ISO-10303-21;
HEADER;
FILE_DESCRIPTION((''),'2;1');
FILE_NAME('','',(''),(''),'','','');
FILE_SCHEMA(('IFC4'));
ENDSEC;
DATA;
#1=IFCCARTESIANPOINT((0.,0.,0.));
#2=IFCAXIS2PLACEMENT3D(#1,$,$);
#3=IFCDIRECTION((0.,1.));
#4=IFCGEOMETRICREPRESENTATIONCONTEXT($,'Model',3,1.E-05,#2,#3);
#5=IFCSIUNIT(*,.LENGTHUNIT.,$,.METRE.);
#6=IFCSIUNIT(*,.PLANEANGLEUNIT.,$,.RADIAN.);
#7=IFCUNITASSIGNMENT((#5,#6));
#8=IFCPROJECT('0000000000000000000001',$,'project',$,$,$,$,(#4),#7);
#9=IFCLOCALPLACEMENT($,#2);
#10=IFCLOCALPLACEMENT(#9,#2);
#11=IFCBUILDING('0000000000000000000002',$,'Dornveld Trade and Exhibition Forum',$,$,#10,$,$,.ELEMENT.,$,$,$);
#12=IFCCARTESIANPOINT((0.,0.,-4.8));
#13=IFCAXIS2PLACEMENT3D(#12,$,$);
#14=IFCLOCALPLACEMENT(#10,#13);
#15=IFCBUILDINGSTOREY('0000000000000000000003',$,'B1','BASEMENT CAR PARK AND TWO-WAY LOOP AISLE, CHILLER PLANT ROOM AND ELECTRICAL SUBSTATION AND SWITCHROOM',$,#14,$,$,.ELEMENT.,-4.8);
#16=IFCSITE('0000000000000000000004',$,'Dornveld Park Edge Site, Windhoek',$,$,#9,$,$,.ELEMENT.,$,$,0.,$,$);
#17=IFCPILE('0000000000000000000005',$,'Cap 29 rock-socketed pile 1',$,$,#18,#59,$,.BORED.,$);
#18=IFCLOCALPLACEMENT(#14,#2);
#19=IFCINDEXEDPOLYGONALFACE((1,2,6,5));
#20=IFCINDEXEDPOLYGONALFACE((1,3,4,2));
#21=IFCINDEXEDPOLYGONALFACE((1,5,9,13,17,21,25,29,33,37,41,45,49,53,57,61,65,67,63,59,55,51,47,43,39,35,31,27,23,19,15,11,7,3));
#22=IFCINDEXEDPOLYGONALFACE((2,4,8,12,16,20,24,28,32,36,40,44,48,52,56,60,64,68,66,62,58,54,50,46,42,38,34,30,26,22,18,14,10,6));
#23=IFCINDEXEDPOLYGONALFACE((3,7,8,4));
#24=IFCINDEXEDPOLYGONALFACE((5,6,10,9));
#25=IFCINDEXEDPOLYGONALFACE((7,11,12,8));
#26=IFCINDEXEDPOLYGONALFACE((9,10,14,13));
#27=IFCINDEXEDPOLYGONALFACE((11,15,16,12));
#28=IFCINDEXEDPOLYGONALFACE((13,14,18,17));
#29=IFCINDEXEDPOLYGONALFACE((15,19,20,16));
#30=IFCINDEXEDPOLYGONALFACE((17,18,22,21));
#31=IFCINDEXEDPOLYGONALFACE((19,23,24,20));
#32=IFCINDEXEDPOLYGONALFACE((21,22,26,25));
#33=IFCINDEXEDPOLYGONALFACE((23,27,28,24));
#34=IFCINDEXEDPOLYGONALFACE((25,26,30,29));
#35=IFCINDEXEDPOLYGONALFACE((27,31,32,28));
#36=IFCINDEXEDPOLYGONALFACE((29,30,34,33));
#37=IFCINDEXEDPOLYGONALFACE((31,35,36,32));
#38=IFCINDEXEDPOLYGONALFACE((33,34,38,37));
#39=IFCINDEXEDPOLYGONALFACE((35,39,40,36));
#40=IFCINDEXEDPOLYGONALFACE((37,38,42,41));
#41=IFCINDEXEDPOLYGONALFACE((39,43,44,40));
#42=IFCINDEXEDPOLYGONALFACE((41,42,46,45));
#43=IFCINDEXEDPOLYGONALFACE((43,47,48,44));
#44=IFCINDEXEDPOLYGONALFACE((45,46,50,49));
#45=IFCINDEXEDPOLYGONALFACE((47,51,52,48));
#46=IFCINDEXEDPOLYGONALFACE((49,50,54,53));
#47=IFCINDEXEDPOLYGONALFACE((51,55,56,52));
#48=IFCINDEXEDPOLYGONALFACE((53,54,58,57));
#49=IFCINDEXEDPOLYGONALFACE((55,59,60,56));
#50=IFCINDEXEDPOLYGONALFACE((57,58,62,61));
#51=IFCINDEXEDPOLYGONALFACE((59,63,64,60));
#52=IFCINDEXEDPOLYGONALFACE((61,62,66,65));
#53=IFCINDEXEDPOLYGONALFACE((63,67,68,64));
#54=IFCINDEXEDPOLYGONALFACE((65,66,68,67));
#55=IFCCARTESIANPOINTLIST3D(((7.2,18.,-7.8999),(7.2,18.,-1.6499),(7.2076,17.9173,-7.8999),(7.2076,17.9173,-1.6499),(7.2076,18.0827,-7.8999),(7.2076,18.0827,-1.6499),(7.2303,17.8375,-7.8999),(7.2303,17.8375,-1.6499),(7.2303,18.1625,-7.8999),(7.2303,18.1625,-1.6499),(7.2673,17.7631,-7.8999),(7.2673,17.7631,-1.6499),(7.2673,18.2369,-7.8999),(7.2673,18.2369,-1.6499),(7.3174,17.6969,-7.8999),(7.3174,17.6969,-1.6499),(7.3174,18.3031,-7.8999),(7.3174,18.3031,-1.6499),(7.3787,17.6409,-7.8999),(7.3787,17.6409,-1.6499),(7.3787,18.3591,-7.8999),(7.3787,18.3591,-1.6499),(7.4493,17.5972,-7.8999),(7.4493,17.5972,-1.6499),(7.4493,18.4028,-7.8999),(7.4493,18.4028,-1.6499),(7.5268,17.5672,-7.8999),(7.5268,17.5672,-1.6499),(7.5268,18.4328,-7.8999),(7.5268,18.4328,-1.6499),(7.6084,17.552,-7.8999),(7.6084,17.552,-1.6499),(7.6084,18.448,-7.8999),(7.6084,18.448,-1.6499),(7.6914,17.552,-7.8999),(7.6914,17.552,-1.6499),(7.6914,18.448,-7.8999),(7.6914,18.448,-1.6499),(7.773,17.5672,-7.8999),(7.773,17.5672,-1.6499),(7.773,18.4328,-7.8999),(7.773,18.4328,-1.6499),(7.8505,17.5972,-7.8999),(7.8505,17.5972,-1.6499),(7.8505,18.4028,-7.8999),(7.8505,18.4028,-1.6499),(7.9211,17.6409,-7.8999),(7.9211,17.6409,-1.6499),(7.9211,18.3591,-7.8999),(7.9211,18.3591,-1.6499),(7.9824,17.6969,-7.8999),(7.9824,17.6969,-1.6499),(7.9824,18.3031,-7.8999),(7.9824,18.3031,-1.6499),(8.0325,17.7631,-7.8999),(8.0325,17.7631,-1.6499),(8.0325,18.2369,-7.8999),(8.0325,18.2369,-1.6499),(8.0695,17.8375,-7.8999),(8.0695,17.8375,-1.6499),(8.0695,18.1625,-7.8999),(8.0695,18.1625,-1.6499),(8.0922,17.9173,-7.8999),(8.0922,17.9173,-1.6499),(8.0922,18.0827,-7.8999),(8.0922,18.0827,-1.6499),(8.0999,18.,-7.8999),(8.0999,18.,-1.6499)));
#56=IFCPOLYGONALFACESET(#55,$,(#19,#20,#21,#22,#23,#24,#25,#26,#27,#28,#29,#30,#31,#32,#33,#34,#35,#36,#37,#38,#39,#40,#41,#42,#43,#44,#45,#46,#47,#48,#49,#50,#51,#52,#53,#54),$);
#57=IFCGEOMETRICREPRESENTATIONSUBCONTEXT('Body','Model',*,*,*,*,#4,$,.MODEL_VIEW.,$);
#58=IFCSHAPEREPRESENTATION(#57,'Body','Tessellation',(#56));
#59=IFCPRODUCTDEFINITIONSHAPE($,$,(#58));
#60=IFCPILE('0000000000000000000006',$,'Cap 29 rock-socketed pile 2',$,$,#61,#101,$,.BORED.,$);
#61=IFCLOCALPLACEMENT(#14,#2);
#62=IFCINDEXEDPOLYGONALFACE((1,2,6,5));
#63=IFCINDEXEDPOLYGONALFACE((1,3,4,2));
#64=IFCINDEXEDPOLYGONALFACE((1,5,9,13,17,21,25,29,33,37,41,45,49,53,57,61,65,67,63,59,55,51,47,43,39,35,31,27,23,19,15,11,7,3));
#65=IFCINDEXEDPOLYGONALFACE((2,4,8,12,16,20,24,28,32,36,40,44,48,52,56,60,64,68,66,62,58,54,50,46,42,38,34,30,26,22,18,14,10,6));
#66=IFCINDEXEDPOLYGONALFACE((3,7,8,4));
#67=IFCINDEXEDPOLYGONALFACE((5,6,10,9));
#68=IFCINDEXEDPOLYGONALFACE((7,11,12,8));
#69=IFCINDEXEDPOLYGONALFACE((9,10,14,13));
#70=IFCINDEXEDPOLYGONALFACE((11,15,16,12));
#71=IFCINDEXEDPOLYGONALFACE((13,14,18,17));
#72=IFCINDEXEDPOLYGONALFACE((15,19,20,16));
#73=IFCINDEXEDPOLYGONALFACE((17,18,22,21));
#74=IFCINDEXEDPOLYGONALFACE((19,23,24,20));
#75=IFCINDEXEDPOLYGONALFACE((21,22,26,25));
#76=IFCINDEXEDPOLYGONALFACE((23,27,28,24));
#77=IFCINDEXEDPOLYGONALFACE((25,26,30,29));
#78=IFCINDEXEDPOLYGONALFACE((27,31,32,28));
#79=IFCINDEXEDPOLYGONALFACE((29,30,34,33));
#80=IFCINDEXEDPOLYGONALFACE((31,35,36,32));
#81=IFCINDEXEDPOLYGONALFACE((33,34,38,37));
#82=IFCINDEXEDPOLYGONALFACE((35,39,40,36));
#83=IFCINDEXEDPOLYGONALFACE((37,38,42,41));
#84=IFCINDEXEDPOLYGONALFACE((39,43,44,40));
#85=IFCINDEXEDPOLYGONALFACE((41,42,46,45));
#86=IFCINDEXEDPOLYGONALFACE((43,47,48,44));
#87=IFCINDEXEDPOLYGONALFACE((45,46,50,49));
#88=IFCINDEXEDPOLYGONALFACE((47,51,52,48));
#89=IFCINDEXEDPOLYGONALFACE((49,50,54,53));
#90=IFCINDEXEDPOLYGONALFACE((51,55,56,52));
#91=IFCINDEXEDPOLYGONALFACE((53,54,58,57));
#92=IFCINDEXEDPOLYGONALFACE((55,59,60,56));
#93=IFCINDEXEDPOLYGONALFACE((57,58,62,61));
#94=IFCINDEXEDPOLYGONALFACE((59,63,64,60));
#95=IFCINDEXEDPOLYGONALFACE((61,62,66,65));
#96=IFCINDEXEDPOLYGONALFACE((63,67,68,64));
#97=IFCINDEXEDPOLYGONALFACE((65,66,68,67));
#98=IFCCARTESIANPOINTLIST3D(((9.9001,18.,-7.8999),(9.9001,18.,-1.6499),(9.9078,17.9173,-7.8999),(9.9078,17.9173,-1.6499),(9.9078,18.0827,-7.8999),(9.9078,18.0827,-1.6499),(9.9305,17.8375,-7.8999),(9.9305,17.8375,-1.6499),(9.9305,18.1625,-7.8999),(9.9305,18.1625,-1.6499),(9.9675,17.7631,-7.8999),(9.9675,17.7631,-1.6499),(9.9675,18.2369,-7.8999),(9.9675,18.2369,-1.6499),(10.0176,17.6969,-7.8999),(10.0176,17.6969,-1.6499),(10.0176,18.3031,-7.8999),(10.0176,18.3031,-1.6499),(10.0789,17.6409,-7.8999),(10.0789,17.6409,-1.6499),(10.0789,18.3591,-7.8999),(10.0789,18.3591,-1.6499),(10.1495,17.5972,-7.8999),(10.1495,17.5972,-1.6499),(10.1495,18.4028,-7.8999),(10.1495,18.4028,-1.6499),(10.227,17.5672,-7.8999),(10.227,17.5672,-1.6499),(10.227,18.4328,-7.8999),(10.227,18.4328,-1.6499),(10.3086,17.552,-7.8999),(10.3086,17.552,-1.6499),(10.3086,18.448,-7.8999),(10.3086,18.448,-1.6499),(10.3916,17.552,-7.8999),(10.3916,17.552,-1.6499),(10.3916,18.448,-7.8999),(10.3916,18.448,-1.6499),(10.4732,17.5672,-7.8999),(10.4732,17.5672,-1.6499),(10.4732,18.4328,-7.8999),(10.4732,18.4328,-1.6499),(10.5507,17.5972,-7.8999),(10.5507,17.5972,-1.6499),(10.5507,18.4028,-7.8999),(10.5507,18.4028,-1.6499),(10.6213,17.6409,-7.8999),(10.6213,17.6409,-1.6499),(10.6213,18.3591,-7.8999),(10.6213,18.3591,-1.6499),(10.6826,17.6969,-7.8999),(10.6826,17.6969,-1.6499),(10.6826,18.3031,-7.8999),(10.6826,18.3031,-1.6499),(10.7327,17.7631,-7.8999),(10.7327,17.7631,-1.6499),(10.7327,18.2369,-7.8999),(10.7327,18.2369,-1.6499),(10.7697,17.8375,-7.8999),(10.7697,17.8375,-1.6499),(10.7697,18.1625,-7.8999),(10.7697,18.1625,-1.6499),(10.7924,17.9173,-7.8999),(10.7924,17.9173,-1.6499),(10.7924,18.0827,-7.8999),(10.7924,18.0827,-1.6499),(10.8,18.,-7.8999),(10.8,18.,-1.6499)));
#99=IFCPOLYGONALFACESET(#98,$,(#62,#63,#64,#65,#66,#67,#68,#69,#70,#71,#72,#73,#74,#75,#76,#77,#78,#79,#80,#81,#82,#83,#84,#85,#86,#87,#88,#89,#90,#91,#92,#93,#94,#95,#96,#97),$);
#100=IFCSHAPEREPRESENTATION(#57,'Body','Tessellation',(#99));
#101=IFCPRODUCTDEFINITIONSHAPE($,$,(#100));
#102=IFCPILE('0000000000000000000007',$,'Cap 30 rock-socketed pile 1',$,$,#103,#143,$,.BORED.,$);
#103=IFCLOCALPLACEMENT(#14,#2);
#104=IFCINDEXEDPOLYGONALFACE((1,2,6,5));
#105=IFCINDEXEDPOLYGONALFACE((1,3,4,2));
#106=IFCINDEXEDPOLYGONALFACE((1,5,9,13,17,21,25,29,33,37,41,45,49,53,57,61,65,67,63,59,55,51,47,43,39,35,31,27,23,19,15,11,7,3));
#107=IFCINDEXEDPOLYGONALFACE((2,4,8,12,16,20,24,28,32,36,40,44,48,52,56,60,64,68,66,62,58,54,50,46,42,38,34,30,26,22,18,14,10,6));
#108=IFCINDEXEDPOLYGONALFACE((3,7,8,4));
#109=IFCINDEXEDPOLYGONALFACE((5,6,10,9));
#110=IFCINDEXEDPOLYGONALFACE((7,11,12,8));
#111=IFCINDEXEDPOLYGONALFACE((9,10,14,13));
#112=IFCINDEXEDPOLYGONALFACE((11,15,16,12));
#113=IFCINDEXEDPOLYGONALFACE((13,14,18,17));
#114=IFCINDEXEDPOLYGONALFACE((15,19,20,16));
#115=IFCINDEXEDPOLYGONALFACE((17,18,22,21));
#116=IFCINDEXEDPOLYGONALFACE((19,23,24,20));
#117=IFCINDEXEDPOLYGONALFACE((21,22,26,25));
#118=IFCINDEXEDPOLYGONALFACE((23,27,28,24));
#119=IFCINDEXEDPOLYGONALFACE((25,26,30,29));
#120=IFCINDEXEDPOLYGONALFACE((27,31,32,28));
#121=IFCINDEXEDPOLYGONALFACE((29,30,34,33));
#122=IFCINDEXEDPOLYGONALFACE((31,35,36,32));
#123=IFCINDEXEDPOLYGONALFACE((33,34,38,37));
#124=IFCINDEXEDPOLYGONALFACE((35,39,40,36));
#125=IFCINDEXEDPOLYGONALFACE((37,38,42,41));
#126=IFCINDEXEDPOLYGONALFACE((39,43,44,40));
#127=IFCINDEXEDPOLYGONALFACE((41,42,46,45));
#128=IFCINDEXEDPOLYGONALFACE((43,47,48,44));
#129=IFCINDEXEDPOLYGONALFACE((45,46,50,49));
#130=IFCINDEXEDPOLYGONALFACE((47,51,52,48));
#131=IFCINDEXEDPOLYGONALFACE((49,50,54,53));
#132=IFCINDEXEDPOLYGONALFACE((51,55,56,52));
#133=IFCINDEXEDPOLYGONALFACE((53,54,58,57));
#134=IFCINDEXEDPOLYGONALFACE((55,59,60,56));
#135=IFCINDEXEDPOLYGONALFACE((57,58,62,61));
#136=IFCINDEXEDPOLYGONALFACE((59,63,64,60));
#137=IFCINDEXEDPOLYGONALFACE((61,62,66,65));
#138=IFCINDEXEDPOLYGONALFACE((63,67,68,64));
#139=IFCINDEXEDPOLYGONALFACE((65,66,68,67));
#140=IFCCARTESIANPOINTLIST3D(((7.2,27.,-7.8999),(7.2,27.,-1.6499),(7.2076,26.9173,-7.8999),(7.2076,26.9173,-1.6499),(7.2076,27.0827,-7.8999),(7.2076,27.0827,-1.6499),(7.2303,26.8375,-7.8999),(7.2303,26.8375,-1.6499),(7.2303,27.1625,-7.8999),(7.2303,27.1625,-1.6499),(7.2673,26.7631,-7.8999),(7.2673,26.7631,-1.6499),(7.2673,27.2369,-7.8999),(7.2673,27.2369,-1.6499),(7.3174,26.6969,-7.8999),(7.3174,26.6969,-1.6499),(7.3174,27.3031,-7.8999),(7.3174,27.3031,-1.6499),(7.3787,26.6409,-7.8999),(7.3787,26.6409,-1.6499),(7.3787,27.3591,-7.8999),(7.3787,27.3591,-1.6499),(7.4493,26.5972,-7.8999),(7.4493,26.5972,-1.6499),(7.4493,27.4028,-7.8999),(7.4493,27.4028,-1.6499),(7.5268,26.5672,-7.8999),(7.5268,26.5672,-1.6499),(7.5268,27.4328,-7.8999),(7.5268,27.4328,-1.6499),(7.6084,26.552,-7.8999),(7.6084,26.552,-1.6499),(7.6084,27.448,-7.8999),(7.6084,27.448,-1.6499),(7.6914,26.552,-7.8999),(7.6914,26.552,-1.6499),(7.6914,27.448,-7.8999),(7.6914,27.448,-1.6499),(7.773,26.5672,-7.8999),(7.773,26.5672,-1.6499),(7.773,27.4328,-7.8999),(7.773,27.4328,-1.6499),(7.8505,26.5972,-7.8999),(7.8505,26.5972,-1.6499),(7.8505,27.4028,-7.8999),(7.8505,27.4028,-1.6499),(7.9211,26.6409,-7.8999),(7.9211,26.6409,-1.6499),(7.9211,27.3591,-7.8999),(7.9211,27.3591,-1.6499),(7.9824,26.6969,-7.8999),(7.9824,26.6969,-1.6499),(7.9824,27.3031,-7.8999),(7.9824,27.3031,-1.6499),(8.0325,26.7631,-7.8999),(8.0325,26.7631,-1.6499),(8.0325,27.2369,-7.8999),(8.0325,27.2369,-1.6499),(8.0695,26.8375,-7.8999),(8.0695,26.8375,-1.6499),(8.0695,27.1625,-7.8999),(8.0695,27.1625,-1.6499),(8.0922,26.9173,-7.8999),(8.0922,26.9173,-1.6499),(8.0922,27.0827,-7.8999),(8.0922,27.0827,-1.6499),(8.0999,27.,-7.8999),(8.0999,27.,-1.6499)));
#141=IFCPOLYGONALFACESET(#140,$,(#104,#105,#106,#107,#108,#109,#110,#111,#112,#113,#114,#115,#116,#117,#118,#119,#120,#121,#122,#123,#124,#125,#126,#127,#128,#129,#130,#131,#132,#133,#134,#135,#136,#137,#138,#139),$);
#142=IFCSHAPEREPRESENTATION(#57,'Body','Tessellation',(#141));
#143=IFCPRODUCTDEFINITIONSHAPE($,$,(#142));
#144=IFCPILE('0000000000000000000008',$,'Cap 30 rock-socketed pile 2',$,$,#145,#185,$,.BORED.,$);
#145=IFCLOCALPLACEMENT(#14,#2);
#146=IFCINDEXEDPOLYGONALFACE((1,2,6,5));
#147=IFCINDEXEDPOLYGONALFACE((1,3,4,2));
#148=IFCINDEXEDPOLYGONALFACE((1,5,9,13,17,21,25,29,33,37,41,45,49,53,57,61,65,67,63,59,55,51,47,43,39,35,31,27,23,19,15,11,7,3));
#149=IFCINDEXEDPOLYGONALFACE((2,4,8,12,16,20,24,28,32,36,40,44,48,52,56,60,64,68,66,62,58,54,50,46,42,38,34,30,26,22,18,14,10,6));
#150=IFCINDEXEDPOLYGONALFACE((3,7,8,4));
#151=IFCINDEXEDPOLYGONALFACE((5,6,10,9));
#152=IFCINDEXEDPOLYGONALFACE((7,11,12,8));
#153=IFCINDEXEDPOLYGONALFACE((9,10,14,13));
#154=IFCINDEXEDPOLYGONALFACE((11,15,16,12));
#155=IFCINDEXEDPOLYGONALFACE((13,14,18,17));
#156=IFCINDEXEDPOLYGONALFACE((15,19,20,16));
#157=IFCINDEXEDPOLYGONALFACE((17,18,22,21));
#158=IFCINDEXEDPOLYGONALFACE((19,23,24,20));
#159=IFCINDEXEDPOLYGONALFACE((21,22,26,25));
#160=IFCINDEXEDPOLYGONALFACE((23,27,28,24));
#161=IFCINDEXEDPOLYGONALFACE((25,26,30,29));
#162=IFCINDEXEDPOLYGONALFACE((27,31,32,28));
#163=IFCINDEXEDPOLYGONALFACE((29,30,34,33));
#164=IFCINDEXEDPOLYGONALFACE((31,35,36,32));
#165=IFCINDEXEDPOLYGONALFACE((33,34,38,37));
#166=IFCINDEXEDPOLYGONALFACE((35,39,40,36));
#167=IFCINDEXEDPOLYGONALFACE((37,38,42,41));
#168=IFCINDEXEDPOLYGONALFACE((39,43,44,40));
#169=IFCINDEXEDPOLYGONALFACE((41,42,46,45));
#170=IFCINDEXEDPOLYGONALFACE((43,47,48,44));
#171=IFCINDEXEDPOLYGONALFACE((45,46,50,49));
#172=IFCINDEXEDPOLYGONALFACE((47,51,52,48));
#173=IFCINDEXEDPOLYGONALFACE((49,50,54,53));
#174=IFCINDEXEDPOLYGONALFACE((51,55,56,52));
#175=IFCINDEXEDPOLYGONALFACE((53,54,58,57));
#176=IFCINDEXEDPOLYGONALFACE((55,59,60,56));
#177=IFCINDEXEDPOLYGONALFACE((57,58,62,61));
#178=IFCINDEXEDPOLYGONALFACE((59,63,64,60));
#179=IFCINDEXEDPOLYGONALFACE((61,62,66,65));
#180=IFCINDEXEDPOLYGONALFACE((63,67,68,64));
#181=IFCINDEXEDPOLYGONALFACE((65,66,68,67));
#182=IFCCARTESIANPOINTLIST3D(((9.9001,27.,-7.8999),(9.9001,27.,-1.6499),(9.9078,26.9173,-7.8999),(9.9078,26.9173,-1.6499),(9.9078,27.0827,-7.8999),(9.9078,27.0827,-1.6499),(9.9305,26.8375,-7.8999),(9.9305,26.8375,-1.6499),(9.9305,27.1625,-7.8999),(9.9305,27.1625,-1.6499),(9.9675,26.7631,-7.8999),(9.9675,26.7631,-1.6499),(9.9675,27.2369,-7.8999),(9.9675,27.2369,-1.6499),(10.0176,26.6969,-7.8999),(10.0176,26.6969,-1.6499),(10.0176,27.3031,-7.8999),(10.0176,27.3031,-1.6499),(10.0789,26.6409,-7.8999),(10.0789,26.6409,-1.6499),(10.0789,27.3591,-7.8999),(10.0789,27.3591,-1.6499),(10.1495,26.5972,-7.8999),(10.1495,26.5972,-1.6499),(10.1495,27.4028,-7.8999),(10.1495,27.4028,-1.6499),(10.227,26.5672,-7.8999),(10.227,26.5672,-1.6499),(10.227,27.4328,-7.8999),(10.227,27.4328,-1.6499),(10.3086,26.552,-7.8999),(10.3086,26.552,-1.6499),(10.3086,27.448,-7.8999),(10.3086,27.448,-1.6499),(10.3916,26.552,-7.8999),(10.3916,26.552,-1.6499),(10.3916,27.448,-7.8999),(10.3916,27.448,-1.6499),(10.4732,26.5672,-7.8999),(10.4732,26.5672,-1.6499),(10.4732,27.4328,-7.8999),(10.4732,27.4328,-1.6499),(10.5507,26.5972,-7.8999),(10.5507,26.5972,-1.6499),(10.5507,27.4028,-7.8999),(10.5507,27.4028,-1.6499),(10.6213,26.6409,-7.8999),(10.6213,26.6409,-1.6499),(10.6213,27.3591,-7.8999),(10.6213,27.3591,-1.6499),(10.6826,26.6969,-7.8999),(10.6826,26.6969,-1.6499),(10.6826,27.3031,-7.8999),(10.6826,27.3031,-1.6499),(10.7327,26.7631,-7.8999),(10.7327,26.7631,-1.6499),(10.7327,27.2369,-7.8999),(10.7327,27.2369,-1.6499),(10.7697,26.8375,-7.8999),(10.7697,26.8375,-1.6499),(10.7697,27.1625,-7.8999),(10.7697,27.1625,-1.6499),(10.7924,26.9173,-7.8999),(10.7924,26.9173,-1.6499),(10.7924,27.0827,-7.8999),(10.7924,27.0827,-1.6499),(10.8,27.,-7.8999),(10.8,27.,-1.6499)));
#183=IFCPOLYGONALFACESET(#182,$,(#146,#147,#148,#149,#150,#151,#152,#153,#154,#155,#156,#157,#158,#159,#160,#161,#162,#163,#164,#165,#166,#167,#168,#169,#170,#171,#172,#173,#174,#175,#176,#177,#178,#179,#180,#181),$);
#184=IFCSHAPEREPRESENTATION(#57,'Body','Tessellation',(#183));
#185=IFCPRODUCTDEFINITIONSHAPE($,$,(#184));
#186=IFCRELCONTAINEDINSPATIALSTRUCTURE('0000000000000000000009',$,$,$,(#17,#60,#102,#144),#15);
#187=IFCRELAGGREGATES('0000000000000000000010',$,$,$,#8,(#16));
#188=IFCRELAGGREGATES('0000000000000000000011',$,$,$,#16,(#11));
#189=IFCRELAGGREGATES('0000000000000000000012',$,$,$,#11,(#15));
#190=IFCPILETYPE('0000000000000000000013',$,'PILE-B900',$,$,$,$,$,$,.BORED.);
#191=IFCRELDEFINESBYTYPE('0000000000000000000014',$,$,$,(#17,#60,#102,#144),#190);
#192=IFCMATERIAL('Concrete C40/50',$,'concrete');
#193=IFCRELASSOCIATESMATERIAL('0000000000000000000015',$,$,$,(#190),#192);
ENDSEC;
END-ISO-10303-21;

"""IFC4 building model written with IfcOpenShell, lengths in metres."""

from ifc_helpers import new_model, si_unit, direction, frame, origin, origin_2d, place, context, subcontext, project, spatial, circle, extrude, material, material_profile, profile_set, type_object, element, save


model = new_model("IFC4")

# Units and contexts
model_context = context("Model", 3, precision=1e-05, world=origin(), true_north=direction((0.0, 1.0)))
body_context = subcontext(model_context, "Body", "Model", "MODEL_VIEW")
ifc_project = project(units=[si_unit("LENGTHUNIT", "METRE"), si_unit("PLANEANGLEUNIT", "RADIAN")], contexts=[model_context])

# Site, building, storey
site_placement = place(None, origin())
site = spatial("IfcSite", under=ifc_project, at=site_placement, Name="Dornveld Park Edge Site, Windhoek", CompositionType="ELEMENT", RefElevation=0.0)
building_placement = place(site_placement, origin())
building = spatial("IfcBuilding", under=site, at=building_placement, Name="Dornveld Trade and Exhibition Forum", CompositionType="ELEMENT")
storey_placement = place(building_placement, frame((0.0, 0.0, -4.8)))
storey = spatial("IfcBuildingStorey", under=building, at=storey_placement, Name="B1", Description="BASEMENT CAR PARK AND TWO-WAY LOOP AISLE, CHILLER PLANT ROOM AND ELECTRICAL SUBSTATION AND SWITCHROOM", CompositionType="ELEMENT", Elevation=-4.8)

# Piles
ifc_material_1 = material(Name="Concrete C40/50", Category="concrete")
ifc_material_profile_1 = material_profile(ifc_material_1, circle(Radius=0.45, at=origin_2d()), Name="PILE D900")
ifc_profile_set_1 = profile_set([ifc_material_profile_1], Name="Concrete C40/50")
pile_type = type_object("IfcPileType", Name="PILE-B900", PredefinedType="BORED", material=ifc_profile_set_1)
for number, where, z_axis, x_axis, name in (
    (1, (7.6499, 18.0, -1.6499), (0.0, 0.0, -1.0), (1.0, 0.0, 0.0), "Cap 29 rock-socketed pile 1"),
    (2, (10.3501, 18.0, -1.6499), (0.0, 0.0, -1.0), (1.0, 0.0, 0.0), "Cap 29 rock-socketed pile 2"),
    (3, (7.6499, 27.0, -1.6499), (0.0, 0.0, -1.0), (1.0, 0.0, 0.0), "Cap 30 rock-socketed pile 1"),
    (4, (10.3501, 27.0, -1.6499), (0.0, 0.0, -1.0), (1.0, 0.0, 0.0), "Cap 30 rock-socketed pile 2"),
):
    element("IfcPile", number, at=place(storey_placement, frame(where, z_axis=z_axis, x_axis=x_axis)), inside=storey, type_object=pile_type, Name=name, PredefinedType="BORED", context=body_context, shape_type="SweptSolid", body=[
        extrude(circle(Radius=0.45, at=origin_2d()), origin(), (0.0, 0.0, 1.0), 6.25),
    ])

save(model, "model.ifc")
